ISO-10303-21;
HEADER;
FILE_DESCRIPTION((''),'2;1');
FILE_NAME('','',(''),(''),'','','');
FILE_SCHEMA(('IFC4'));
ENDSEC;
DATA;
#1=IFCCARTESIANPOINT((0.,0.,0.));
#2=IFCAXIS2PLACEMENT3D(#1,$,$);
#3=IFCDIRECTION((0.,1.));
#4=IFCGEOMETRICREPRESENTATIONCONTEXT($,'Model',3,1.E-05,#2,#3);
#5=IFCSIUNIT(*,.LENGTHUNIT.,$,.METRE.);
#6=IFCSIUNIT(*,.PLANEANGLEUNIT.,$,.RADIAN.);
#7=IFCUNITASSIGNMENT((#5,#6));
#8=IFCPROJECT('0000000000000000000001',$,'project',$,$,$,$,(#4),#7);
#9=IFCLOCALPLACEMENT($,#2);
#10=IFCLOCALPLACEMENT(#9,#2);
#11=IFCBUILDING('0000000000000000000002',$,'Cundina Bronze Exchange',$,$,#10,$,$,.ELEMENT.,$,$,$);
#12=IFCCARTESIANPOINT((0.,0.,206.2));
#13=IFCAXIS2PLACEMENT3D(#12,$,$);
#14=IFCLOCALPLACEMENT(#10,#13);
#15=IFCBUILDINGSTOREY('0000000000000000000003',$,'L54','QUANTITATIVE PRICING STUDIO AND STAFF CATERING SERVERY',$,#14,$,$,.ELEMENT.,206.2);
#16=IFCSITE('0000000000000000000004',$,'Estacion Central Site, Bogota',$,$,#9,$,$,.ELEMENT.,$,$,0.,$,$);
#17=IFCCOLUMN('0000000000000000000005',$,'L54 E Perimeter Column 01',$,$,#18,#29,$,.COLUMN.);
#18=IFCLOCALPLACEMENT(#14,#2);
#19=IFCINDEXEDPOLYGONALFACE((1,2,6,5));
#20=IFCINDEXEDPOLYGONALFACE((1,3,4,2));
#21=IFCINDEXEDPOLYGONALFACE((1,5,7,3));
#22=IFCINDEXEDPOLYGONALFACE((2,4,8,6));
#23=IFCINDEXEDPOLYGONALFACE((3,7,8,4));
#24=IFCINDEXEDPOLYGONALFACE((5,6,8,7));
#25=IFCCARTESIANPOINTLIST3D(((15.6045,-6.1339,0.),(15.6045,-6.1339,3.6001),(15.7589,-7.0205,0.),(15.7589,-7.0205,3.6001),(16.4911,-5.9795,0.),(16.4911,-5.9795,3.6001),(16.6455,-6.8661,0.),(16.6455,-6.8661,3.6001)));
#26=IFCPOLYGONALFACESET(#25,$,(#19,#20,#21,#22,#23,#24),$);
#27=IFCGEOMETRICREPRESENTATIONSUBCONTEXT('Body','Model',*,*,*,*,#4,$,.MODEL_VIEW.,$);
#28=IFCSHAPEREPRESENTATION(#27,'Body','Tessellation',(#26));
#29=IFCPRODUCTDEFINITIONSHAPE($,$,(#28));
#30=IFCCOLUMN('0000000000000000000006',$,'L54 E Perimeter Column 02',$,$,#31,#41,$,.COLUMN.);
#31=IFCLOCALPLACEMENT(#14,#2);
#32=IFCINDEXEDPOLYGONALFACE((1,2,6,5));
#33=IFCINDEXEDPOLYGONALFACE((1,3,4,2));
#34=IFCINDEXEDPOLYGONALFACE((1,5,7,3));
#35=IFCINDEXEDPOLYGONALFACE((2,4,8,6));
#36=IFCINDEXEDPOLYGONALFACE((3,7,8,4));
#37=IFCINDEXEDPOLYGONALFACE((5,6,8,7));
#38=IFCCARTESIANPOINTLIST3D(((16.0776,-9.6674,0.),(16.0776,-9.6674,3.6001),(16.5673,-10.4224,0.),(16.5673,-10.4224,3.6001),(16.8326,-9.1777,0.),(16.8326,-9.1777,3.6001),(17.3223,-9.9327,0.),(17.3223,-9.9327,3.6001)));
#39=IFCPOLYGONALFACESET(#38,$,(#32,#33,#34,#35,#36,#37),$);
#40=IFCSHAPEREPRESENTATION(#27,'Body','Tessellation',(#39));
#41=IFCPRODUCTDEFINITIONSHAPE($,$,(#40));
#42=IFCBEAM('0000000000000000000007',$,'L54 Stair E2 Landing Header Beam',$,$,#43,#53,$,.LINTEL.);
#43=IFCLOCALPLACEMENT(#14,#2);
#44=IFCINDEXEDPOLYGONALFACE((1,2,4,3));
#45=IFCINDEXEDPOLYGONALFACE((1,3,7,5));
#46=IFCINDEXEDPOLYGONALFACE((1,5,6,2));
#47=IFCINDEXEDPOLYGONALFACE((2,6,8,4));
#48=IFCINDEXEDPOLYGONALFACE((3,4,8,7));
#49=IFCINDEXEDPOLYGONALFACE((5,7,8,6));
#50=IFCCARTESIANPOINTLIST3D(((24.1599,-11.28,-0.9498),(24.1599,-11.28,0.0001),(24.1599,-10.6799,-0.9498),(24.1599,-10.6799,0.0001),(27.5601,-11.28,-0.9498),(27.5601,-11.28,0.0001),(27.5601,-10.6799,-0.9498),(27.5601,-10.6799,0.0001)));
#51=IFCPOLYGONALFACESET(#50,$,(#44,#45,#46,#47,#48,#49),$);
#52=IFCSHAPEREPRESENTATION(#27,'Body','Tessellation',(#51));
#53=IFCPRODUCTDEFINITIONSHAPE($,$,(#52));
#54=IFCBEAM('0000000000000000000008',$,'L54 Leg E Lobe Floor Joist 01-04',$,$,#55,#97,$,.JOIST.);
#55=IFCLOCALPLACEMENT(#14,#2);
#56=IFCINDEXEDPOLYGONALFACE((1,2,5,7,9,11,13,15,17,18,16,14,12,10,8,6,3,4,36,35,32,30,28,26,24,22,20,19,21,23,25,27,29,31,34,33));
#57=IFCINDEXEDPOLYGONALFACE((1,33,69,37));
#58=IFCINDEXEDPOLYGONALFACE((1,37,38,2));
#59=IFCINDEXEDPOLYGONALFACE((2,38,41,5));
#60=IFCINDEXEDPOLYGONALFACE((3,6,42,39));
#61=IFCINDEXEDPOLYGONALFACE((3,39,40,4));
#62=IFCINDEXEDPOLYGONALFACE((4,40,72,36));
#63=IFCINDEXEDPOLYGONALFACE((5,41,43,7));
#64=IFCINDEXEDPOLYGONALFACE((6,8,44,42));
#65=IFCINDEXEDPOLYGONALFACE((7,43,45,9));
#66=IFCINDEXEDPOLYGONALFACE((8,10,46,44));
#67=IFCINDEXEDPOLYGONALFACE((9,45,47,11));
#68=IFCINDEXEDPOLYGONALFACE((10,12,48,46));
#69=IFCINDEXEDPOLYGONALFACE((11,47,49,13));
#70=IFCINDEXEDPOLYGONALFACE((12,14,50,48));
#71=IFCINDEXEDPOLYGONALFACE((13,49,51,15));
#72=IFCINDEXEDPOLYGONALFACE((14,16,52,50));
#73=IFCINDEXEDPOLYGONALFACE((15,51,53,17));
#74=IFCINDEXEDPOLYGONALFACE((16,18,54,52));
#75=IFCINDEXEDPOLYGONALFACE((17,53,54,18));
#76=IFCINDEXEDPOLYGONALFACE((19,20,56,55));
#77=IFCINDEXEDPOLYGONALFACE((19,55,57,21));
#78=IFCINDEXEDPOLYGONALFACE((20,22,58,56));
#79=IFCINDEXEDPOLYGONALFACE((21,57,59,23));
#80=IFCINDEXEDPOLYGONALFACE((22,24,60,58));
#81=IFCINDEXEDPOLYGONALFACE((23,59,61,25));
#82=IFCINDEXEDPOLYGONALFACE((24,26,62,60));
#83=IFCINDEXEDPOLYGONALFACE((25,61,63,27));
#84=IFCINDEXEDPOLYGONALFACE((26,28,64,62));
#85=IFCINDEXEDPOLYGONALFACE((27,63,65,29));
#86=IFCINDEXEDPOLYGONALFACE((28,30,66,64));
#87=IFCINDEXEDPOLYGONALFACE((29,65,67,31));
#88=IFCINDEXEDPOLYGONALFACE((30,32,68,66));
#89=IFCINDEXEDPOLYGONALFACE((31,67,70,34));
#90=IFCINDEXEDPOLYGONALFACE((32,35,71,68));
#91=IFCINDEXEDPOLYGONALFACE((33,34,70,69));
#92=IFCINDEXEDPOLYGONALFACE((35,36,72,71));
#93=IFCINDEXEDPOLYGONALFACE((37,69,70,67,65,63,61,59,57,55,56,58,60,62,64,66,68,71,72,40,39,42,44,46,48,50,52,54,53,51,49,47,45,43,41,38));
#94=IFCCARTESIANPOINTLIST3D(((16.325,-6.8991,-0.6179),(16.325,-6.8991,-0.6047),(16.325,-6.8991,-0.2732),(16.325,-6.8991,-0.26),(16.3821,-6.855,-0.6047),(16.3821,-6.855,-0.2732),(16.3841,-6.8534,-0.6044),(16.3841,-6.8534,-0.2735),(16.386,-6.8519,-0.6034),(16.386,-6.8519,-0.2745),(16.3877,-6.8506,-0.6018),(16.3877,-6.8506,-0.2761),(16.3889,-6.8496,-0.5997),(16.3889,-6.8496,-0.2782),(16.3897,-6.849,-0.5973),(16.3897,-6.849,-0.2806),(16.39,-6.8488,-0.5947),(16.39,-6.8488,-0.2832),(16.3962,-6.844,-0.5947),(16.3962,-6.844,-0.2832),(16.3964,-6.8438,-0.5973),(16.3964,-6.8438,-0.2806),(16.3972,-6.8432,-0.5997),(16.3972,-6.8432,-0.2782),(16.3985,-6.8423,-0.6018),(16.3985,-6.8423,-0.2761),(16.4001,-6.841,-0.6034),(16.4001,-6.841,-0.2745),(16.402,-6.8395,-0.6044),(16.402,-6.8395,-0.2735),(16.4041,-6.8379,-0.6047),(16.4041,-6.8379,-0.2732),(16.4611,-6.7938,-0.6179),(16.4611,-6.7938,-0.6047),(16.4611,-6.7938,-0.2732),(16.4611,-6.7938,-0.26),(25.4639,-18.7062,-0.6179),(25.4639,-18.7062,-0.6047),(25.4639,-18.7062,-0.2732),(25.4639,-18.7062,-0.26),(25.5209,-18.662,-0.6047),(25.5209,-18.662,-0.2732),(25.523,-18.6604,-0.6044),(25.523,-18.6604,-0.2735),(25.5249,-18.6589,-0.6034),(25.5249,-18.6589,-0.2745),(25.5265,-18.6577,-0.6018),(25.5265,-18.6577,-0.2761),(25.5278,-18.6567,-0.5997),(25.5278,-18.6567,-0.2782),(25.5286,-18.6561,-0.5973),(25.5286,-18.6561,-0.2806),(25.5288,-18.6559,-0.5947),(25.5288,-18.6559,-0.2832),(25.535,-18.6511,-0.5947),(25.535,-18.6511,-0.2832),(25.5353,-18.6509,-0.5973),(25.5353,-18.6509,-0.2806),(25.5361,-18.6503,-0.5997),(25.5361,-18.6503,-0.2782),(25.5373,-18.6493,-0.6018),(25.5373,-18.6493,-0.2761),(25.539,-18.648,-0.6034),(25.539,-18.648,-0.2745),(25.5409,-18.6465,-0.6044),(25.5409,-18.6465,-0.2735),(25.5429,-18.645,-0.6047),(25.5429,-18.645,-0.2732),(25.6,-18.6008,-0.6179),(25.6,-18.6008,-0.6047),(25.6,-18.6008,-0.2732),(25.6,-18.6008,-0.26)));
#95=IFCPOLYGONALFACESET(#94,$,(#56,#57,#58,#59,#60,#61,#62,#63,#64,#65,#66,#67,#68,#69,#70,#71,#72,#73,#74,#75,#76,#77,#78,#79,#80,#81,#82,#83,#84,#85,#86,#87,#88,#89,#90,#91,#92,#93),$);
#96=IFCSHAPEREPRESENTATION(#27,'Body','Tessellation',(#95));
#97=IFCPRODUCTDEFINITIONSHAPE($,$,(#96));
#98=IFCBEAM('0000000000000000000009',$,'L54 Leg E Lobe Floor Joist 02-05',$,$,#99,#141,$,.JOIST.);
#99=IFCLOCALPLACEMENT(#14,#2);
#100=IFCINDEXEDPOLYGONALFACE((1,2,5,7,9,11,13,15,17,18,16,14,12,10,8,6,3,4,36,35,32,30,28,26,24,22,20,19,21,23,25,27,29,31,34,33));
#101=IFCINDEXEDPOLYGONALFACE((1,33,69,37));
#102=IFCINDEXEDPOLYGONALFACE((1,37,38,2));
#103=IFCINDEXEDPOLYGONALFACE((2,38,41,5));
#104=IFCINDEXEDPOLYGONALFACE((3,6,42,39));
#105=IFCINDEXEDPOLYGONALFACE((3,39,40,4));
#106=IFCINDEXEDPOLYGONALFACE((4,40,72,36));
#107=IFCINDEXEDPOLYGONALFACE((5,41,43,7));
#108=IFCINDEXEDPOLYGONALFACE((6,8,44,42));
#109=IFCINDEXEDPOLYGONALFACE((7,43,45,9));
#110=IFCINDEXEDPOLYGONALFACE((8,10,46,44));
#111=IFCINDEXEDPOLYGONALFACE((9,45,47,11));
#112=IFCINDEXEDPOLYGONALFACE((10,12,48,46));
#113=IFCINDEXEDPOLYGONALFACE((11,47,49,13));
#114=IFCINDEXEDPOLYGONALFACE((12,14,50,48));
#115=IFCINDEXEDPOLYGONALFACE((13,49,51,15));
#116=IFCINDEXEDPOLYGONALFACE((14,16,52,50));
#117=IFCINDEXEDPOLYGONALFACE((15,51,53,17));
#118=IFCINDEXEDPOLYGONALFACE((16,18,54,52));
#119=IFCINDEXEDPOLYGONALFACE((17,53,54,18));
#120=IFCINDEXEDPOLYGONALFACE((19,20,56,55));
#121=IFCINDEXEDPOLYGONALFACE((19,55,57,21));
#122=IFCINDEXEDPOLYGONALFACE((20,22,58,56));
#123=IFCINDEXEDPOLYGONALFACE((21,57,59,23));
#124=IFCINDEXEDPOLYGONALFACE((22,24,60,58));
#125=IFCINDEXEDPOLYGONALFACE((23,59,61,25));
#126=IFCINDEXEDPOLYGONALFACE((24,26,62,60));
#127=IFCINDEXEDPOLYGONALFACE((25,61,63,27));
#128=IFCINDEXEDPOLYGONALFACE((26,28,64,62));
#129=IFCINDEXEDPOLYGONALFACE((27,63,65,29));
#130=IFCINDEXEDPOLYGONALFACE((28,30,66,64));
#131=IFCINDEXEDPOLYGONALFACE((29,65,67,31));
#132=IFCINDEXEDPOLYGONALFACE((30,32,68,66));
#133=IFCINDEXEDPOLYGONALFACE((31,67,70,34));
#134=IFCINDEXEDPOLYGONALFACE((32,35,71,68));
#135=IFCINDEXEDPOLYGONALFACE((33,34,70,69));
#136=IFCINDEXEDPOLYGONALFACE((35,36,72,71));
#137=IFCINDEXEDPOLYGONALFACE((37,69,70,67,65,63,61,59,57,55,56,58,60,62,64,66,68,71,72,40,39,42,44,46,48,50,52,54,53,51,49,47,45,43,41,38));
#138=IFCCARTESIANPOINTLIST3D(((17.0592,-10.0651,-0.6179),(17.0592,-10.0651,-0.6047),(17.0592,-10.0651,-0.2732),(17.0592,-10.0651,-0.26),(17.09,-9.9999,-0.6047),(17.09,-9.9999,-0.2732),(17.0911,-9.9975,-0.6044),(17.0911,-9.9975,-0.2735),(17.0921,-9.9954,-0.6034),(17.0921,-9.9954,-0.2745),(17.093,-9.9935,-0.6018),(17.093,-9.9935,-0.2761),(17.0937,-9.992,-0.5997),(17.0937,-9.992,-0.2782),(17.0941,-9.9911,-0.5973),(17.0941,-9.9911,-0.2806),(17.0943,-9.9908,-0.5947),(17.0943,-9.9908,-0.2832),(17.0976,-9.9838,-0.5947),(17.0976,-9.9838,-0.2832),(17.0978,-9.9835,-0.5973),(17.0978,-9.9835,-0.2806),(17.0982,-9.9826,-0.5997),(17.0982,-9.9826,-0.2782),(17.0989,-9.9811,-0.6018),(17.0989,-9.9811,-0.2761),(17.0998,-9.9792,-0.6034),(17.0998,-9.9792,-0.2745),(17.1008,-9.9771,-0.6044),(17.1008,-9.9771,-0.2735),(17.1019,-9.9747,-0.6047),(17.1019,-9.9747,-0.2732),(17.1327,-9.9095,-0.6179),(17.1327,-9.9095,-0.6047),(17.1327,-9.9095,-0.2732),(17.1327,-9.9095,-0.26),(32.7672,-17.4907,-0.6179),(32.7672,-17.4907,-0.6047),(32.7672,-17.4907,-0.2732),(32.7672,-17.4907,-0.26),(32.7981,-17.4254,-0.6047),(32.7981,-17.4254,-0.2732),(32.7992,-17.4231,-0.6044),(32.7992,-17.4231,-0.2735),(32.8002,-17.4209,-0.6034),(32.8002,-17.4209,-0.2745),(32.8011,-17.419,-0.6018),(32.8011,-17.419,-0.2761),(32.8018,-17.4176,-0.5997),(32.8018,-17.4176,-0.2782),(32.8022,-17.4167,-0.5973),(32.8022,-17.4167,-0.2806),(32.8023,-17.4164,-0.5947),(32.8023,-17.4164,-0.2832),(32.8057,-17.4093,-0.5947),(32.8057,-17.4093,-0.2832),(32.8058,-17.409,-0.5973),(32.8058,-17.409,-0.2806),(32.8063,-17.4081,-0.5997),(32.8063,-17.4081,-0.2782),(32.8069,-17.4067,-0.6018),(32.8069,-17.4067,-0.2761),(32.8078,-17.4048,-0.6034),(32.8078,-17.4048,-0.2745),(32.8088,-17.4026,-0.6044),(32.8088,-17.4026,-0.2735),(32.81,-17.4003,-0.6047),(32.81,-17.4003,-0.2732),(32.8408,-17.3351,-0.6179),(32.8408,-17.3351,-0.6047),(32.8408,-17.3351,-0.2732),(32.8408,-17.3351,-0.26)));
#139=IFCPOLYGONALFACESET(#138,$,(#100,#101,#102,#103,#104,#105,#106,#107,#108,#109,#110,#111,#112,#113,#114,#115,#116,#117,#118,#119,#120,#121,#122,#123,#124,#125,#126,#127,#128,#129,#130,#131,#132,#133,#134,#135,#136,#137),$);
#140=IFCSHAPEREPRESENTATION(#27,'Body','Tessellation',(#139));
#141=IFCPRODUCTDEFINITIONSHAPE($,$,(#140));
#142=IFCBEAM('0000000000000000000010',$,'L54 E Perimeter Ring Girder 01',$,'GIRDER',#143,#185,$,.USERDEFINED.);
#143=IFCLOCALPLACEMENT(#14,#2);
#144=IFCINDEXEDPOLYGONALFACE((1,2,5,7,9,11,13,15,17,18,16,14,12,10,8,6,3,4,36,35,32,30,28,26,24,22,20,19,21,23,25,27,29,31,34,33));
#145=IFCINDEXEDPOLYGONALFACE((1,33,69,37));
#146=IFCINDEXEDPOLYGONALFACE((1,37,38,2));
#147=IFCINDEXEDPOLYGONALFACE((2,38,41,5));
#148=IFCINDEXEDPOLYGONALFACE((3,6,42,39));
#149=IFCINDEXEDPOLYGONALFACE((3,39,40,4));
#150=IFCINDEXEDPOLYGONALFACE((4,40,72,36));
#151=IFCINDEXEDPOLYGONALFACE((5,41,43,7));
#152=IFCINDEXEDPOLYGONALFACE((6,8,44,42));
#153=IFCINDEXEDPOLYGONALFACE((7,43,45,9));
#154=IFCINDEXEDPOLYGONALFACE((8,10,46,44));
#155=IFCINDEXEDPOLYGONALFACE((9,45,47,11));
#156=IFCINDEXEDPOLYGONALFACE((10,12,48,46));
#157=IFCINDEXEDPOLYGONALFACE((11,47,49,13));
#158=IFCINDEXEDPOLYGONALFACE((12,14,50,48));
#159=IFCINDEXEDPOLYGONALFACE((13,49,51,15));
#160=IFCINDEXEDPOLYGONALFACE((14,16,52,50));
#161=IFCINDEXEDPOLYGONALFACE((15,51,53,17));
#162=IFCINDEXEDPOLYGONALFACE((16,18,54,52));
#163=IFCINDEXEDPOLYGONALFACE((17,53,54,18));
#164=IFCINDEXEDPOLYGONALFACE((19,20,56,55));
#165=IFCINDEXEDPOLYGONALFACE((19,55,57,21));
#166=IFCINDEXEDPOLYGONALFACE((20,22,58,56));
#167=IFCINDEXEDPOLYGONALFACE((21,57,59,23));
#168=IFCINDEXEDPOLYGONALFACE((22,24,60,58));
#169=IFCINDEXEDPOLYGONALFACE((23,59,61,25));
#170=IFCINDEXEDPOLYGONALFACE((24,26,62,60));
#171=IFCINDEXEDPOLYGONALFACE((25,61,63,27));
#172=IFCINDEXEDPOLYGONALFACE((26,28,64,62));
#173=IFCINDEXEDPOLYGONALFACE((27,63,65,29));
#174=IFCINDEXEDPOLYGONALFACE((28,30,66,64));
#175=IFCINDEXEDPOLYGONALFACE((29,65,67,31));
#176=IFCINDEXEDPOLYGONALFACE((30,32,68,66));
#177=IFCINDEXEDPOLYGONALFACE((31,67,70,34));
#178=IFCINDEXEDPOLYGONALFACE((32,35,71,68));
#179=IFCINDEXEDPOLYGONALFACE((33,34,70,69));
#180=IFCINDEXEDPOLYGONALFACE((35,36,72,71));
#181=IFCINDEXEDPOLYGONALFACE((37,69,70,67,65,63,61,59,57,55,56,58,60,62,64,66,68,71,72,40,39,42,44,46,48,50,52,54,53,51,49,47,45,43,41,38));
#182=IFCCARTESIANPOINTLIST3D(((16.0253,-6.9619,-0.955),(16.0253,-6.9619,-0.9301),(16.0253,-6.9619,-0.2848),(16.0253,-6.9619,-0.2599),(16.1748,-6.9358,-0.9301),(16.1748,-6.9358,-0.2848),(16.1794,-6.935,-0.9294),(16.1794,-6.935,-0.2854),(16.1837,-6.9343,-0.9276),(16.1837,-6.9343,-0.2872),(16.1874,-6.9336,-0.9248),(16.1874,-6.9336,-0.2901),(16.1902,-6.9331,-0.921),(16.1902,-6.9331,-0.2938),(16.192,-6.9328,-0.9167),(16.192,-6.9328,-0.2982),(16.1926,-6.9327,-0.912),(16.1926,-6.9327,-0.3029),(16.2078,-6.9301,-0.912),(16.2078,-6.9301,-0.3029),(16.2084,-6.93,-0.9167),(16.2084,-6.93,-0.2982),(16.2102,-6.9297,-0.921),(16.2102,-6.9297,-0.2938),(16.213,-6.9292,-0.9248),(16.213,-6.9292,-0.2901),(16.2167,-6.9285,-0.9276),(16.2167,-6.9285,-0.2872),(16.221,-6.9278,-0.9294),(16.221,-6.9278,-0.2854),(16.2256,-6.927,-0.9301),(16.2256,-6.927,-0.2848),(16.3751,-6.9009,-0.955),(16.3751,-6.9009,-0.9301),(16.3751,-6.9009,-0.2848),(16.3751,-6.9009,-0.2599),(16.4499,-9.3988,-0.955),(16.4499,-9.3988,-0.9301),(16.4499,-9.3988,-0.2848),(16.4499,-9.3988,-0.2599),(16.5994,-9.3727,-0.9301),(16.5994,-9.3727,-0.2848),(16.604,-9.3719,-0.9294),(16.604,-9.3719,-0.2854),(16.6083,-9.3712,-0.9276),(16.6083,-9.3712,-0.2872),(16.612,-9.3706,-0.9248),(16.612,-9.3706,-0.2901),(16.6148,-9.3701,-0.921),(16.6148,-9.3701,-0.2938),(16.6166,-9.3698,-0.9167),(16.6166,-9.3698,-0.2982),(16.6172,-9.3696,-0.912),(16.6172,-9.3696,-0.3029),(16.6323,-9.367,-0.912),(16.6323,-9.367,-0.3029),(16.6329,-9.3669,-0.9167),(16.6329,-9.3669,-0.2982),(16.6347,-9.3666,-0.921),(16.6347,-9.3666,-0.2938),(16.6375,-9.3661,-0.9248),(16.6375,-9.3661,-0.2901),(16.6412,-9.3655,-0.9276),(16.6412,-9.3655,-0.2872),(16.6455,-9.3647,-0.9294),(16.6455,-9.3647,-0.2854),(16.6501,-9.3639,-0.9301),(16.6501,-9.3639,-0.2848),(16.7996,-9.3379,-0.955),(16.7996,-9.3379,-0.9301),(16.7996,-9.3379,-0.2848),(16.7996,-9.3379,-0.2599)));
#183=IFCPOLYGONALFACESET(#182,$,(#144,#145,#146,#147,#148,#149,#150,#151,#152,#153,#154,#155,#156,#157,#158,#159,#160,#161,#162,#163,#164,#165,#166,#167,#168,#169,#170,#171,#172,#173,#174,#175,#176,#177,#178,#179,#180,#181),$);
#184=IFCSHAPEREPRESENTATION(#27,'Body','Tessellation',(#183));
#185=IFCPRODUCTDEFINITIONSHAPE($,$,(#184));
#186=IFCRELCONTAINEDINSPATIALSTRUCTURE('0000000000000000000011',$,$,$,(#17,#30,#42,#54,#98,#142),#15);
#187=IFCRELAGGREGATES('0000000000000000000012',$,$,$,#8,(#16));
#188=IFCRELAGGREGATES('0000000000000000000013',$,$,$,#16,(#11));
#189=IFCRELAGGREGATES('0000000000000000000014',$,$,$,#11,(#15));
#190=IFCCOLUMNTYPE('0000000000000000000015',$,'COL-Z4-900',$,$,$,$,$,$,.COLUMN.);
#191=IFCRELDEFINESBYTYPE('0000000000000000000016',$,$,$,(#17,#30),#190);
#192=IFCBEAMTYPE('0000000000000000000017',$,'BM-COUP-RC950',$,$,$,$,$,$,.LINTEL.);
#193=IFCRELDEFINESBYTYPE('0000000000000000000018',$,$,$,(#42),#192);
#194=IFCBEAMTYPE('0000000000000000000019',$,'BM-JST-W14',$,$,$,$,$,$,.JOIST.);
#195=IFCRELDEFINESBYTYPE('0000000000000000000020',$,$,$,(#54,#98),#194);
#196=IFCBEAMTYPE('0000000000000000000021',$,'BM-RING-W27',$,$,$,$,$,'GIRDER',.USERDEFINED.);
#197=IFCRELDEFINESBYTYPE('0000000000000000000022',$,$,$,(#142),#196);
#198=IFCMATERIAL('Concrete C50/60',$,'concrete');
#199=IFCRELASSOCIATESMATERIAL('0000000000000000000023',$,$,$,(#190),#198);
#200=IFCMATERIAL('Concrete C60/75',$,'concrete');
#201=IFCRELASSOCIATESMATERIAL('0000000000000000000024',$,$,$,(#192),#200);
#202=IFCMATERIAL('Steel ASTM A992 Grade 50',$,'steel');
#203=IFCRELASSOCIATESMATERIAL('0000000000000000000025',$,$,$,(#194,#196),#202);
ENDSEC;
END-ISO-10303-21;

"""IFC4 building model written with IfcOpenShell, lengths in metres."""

from ifc_helpers import new_model, si_unit, direction, frame, origin, origin_2d, place, context, subcontext, project, spatial, rectangle, i_section, extrude, material, material_profile, profile_set, type_object, element, save


model = new_model("IFC4")

# Units and contexts
model_context = context("Model", 3, precision=1e-05, world=origin(), true_north=direction((0.0, 1.0)))
body_context = subcontext(model_context, "Body", "Model", "MODEL_VIEW")
ifc_project = project(units=[si_unit("LENGTHUNIT", "METRE"), si_unit("PLANEANGLEUNIT", "RADIAN")], contexts=[model_context])

# Site, building, storey
site_placement = place(None, origin())
site = spatial("IfcSite", under=ifc_project, at=site_placement, Name="Estacion Central Site, Bogota", CompositionType="ELEMENT", RefElevation=0.0)
building_placement = place(site_placement, origin())
building = spatial("IfcBuilding", under=site, at=building_placement, Name="Cundina Bronze Exchange", CompositionType="ELEMENT")
storey_placement = place(building_placement, frame((0.0, 0.0, 206.2)))
storey = spatial("IfcBuildingStorey", under=building, at=storey_placement, Name="L54", Description="QUANTITATIVE PRICING STUDIO AND STAFF CATERING SERVERY", CompositionType="ELEMENT", Elevation=206.2)

# Columns
ifc_material_1 = material(Name="Concrete C50/60", Category="concrete")
ifc_material_profile_1 = material_profile(ifc_material_1, rectangle(XDim=0.8999, YDim=0.8999, at=origin_2d()), Name="RC900X900", Category="concrete")
ifc_profile_set_1 = profile_set([ifc_material_profile_1], Name="Concrete C50/60")
column_type = type_object("IfcColumnType", Name="COL-Z4-900", PredefinedType="COLUMN", material=ifc_profile_set_1)
for number, where, z_axis, x_axis, name in (
    (1, (16.125, -6.5, 0.0), (0.0, 0.0, 1.0), (0.171585, -0.985169, 0.0), "L54 E Perimeter Column 01"),
    (2, (16.7, -9.8, 0.0), (0.0, 0.0, 1.0), (0.5442, -0.838956, 0.0), "L54 E Perimeter Column 02"),
):
    element("IfcColumn", number, at=place(storey_placement, frame(where, z_axis=z_axis, x_axis=x_axis)), inside=storey, type_object=column_type, Name=name, PredefinedType="COLUMN", context=body_context, shape_type="SweptSolid", body=[
        extrude(rectangle(XDim=0.8999, YDim=0.8999, at=origin_2d()), origin(), (0.0, 0.0, 1.0), 3.6001),
    ])

# Beams
ifc_material_2 = material(Name="Concrete C60/75", Category="concrete")
ifc_material_profile_2 = material_profile(ifc_material_2, rectangle(XDim=0.6001, YDim=0.95, at=origin_2d()), Name="RC600X950", Category="concrete")
ifc_profile_set_2 = profile_set([ifc_material_profile_2], Name="Concrete C60/75")
beam_type_1 = type_object("IfcBeamType", Name="BM-COUP-RC950", PredefinedType="LINTEL", material=ifc_profile_set_2)
beam_1_placement = place(storey_placement, frame((24.1599, -10.98, -0.4749), z_axis=(1.0, 0.0, 0.0), x_axis=(0.0, 1.0, 0.0)))
element("IfcBeam", 3, at=beam_1_placement, inside=storey, type_object=beam_type_1, Name="L54 Stair E2 Landing Header Beam", PredefinedType="LINTEL", context=body_context, shape_type="SweptSolid", body=[
    extrude(rectangle(XDim=0.6001, YDim=0.95, at=origin_2d()), origin(), (0.0, 0.0, 1.0), 3.4001),
])
ifc_material_3 = material(Name="Steel ASTM A992 Grade 50", Category="steel")
ifc_material_profile_3 = material_profile(ifc_material_3, i_section(OverallWidth=0.1721, OverallDepth=0.3579, WebThickness=0.0078, FlangeThickness=0.0132, FilletRadius=0.01, at=origin_2d()), Name="W14X38", Category="steel")
ifc_profile_set_3 = profile_set([ifc_material_profile_3], Name="Steel ASTM A992 Grade 50")
beam_type_2 = type_object("IfcBeamType", Name="BM-JST-W14", PredefinedType="JOIST", material=ifc_profile_set_3)
beam_2_placement = place(storey_placement, frame((16.3931, -6.8464, -0.439), z_axis=(0.612086, -0.790791, 0.0), x_axis=(0.790791, 0.612086, 0.0)))
element("IfcBeam", 4, at=beam_2_placement, inside=storey, type_object=beam_type_2, Name="L54 Leg E Lobe Floor Joist 01-04", PredefinedType="JOIST", context=body_context, shape_type="SweptSolid", body=[
    extrude(i_section(OverallWidth=0.1721, OverallDepth=0.3579, WebThickness=0.0078, FlangeThickness=0.0132, FilletRadius=0.01, at=origin_2d()), origin(), (0.0, 0.0, 1.0), 14.9307),
])
beam_3_placement = place(storey_placement, frame((17.0959, -9.9873, -0.439), z_axis=(0.904074, -0.427376, 0.0), x_axis=(0.427376, 0.904074, 0.0)))
element("IfcBeam", 5, at=beam_3_placement, inside=storey, type_object=beam_type_2, Name="L54 Leg E Lobe Floor Joist 02-05", PredefinedType="JOIST", context=body_context, shape_type="SweptSolid", body=[
    extrude(i_section(OverallWidth=0.1721, OverallDepth=0.3579, WebThickness=0.0078, FlangeThickness=0.0132, FilletRadius=0.01, at=origin_2d()), origin(), (0.0, 0.0, 1.0), 17.3748),
])
ifc_material_profile_4 = material_profile(ifc_material_3, i_section(OverallWidth=0.355, OverallDepth=0.6951, WebThickness=0.0154, FlangeThickness=0.0249, FilletRadius=0.0181, at=origin_2d()), Name="W27X146", Category="steel")
ifc_profile_set_4 = profile_set([ifc_material_profile_4], Name="Steel ASTM A992 Grade 50")
beam_type_3 = type_object("IfcBeamType", Name="BM-RING-W27", ElementType="GIRDER", PredefinedType="USERDEFINED", material=ifc_profile_set_4)
beam_4_placement = place(storey_placement, frame((16.2002, -6.9314, -0.6074), z_axis=(0.171629, -0.985162, 0.0), x_axis=(0.985162, 0.171629, 0.0)))
element("IfcBeam", 6, at=beam_4_placement, inside=storey, type_object=beam_type_3, Name="L54 E Perimeter Ring Girder 01", ObjectType="GIRDER", PredefinedType="USERDEFINED", context=body_context, shape_type="SweptSolid", body=[
    extrude(i_section(OverallWidth=0.355, OverallDepth=0.6951, WebThickness=0.0154, FlangeThickness=0.0249, FilletRadius=0.0181, at=origin_2d()), origin(), (0.0, 0.0, 1.0), 2.4736),
])

save(model, "model.ifc")
